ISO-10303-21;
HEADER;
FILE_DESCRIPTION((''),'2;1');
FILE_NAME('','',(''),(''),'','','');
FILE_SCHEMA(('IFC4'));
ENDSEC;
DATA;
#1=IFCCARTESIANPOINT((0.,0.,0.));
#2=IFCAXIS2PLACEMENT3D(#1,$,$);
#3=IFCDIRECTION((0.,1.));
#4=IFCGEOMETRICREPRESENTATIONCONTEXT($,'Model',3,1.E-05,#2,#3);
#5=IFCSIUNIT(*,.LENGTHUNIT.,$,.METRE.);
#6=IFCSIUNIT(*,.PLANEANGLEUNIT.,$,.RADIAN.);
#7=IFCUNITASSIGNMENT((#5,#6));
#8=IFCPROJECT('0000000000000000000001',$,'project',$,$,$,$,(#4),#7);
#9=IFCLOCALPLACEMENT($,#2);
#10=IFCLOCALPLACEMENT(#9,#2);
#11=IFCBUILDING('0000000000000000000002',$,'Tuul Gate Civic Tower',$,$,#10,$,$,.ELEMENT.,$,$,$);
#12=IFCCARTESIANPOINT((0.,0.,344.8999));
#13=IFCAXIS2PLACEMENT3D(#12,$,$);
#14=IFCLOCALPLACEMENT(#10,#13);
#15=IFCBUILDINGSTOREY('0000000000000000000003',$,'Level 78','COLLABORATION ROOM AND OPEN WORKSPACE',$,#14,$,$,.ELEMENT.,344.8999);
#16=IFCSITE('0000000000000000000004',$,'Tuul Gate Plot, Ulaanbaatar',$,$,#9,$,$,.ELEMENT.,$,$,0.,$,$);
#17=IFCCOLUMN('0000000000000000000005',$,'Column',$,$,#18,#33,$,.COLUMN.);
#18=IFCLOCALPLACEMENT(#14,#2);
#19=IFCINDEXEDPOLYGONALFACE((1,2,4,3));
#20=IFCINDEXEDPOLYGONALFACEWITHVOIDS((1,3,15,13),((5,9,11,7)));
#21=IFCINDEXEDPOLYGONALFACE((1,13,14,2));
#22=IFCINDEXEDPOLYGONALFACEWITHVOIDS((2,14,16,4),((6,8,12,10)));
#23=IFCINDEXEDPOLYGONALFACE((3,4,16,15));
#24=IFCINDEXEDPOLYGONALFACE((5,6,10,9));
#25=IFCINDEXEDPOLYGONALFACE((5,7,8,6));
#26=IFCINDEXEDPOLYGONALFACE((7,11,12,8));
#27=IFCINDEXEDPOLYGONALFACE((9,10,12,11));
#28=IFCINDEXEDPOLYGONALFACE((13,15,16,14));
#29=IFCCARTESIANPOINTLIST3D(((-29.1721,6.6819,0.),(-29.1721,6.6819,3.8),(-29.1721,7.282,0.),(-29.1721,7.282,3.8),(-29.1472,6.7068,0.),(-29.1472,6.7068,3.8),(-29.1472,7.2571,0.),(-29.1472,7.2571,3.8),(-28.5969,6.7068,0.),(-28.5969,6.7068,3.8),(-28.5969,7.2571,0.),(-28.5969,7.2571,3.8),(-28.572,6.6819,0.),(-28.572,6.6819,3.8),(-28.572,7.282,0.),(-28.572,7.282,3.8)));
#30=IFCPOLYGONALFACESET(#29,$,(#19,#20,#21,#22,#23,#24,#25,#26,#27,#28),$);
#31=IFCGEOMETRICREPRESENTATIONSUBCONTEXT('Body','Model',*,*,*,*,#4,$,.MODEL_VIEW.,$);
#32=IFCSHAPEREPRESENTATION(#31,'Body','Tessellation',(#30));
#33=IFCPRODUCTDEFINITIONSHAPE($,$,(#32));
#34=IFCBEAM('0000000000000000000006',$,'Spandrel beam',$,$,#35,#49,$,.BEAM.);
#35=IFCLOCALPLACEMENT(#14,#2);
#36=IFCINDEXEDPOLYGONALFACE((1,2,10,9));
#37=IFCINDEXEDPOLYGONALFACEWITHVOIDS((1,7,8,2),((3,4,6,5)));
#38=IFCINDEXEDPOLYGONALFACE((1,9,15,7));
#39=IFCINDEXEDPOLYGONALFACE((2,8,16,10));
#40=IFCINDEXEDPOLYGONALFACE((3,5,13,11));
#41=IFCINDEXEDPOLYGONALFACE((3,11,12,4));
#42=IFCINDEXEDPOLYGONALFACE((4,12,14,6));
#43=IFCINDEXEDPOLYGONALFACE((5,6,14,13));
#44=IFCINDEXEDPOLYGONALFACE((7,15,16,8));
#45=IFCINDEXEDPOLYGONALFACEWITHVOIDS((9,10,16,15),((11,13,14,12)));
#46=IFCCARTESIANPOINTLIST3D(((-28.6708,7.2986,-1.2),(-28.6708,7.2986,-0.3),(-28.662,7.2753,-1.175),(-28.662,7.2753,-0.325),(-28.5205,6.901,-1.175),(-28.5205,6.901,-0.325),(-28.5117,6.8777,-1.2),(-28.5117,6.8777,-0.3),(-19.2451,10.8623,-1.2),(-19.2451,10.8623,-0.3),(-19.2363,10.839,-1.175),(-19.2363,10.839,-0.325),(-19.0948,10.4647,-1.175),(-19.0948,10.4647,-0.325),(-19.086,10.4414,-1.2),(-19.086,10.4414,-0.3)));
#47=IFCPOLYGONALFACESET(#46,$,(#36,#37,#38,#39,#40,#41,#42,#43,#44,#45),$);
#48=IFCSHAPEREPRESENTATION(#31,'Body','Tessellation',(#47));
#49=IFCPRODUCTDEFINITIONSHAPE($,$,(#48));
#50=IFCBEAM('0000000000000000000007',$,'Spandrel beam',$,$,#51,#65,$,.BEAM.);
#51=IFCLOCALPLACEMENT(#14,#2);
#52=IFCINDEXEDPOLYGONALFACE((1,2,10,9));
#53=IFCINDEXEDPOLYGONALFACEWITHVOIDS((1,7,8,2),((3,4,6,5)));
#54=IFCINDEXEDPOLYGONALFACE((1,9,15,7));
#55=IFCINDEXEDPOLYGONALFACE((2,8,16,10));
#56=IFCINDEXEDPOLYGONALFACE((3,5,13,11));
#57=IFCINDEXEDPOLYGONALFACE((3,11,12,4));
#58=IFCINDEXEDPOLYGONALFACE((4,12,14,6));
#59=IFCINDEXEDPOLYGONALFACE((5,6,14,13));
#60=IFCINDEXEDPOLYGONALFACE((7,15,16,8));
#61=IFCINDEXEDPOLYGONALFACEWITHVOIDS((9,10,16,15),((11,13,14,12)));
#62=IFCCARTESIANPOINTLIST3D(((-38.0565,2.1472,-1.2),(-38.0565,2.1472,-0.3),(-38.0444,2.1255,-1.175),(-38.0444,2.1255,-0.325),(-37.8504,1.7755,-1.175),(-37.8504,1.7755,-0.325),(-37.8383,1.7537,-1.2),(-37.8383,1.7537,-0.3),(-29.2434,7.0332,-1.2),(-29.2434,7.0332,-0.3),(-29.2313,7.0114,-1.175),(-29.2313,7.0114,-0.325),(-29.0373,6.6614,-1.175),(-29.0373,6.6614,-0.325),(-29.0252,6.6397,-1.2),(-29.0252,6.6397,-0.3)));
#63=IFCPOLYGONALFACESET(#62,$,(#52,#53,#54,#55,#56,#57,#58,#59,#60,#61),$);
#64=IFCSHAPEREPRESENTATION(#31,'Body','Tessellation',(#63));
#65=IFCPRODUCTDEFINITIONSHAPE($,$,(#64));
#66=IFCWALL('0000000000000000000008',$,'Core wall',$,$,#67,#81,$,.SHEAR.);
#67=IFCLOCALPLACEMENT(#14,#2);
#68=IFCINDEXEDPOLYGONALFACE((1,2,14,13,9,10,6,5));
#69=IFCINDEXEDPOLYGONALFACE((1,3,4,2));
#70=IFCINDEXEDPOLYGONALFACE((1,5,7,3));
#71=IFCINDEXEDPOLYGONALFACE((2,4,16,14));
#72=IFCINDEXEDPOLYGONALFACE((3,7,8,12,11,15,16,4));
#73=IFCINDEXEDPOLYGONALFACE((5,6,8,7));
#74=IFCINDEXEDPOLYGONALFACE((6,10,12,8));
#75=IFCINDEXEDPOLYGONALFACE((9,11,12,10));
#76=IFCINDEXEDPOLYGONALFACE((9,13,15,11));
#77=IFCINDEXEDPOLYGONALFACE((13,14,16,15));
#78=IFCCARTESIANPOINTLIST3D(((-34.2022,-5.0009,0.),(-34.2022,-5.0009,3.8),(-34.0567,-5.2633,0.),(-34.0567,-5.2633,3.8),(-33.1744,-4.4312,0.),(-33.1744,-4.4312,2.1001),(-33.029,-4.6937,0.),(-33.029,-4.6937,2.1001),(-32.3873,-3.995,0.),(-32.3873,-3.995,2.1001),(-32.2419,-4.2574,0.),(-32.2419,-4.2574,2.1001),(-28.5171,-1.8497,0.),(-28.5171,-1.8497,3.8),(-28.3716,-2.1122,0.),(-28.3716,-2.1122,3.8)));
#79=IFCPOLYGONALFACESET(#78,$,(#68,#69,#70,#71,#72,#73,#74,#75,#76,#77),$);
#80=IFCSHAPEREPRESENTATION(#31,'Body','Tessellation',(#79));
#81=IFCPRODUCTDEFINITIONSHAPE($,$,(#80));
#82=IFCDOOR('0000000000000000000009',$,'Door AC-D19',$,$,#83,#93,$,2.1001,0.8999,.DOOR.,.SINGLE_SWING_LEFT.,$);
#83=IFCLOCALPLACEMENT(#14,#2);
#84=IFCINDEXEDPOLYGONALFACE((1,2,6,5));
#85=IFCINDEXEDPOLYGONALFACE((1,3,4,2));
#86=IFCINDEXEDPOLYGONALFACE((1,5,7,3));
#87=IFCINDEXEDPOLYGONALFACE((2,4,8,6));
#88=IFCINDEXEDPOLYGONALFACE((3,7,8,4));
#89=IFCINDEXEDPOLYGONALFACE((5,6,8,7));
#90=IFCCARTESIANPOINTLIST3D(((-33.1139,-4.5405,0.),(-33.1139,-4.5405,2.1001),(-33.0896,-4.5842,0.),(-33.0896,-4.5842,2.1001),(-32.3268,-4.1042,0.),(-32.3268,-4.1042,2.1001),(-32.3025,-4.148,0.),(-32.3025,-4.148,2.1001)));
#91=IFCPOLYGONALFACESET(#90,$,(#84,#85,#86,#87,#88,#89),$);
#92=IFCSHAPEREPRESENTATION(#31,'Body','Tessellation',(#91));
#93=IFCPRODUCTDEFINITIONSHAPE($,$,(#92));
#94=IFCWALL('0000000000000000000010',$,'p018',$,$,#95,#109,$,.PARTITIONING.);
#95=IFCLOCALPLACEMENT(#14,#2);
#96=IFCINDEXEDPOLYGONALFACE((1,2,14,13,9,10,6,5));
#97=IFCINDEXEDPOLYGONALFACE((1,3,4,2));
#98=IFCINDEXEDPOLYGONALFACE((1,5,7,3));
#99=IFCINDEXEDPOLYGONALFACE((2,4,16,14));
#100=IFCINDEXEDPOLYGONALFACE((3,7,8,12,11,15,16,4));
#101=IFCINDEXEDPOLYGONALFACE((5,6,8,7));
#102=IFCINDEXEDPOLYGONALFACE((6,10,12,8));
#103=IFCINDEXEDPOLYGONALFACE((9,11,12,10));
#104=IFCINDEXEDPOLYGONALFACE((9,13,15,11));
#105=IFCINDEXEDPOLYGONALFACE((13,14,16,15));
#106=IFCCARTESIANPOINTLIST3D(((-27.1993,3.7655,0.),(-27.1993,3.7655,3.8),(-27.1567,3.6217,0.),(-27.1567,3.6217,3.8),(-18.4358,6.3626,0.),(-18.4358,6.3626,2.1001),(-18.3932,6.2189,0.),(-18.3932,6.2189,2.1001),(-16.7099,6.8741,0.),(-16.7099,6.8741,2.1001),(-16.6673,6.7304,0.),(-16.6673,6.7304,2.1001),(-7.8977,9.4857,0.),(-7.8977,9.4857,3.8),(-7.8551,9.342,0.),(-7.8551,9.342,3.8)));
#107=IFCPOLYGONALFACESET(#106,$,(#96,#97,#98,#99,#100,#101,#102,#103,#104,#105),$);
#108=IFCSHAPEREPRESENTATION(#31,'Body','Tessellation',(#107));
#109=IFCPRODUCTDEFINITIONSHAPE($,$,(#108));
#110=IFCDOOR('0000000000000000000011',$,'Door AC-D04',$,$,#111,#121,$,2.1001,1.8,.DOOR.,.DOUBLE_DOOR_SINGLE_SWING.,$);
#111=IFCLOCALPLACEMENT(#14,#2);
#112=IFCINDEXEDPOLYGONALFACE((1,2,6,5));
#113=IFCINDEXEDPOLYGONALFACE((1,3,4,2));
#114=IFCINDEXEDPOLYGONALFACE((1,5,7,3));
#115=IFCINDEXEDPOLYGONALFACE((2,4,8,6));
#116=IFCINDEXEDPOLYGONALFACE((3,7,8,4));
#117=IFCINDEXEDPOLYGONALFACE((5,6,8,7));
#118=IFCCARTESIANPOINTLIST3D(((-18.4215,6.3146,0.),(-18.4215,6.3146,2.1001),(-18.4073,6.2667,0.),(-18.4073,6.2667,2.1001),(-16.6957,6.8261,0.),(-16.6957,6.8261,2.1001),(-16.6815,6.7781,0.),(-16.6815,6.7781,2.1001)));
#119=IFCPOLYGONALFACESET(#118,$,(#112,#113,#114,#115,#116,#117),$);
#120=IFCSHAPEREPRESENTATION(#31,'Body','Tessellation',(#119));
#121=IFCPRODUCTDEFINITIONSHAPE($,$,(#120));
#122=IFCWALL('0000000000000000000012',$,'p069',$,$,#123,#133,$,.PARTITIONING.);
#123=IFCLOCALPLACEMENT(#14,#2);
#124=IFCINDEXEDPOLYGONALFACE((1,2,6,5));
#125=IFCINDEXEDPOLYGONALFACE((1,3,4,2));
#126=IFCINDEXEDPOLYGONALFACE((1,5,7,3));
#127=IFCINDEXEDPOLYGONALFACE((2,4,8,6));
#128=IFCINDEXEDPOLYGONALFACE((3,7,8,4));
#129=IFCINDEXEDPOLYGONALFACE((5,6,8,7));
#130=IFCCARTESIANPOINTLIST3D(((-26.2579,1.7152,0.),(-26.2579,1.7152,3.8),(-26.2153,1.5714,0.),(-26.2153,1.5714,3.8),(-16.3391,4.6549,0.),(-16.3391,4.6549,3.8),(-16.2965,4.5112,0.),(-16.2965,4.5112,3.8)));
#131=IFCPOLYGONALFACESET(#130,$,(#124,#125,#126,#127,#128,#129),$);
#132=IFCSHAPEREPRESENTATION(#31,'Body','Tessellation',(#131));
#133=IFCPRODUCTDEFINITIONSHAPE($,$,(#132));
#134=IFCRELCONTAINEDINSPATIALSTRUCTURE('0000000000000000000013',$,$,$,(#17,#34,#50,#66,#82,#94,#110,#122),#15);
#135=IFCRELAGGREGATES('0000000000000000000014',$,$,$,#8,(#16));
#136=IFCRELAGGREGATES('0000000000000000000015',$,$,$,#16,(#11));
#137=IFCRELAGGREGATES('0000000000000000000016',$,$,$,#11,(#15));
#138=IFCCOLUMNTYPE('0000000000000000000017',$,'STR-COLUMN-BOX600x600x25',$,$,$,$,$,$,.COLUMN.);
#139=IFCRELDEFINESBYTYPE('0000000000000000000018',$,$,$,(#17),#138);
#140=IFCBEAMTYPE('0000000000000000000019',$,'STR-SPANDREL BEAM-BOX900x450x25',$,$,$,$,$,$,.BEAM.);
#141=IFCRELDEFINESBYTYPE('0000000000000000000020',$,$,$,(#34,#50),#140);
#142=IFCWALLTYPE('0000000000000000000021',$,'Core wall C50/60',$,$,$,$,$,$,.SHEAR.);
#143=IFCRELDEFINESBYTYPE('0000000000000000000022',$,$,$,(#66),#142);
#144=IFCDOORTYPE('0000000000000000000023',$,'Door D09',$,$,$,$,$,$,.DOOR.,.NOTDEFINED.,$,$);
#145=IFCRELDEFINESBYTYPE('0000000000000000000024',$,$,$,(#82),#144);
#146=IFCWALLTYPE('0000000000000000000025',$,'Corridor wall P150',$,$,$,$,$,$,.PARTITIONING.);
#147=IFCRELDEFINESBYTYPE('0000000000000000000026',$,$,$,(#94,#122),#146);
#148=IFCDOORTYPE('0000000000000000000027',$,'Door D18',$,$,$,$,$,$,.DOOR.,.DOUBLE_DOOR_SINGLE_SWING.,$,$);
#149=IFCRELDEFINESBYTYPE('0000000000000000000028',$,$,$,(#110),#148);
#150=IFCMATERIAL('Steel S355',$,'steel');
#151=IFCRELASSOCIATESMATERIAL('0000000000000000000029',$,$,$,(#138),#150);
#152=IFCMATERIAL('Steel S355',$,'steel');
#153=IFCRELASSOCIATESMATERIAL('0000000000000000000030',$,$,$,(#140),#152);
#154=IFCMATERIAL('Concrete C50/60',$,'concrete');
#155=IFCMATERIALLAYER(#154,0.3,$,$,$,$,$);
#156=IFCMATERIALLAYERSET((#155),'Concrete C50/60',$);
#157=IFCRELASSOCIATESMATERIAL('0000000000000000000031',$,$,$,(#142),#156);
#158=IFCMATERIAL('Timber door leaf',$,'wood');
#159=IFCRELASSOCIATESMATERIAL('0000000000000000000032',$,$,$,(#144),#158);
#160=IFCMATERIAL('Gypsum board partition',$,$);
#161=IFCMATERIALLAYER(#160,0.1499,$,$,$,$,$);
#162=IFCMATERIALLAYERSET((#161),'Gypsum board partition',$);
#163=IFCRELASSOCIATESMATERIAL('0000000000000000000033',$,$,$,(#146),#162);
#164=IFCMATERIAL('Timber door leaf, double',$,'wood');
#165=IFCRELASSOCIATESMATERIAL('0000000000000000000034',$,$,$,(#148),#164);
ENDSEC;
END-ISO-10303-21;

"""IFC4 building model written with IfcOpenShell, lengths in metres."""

from ifc_helpers import new_model, si_unit, direction, frame, frame_2d, origin, origin_2d, place, context, subcontext, project, spatial, rectangle, hollow_rectangle, extrude, material, layer, layer_set, material_profile, profile_set, type_object, element, fill, save


model = new_model("IFC4")

# Units and contexts
model_context = context("Model", 3, precision=1e-05, world=origin(), true_north=direction((0.0, 1.0)))
body_context = subcontext(model_context, "Body", "Model", "MODEL_VIEW")
ifc_project = project(units=[si_unit("LENGTHUNIT", "METRE"), si_unit("PLANEANGLEUNIT", "RADIAN")], contexts=[model_context])

# Site, building, storey
site_placement = place(None, origin())
site = spatial("IfcSite", under=ifc_project, at=site_placement, Name="Tuul Gate Plot, Ulaanbaatar", CompositionType="ELEMENT", RefElevation=0.0)
building_placement = place(site_placement, origin())
building = spatial("IfcBuilding", under=site, at=building_placement, Name="Tuul Gate Civic Tower", CompositionType="ELEMENT")
storey_placement = place(building_placement, frame((0.0, 0.0, 344.8999)))
storey = spatial("IfcBuildingStorey", under=building, at=storey_placement, Name="Level 78", Description="COLLABORATION ROOM AND OPEN WORKSPACE", CompositionType="ELEMENT", Elevation=344.8999)

# Column
ifc_material_1 = material(Name="Steel S355", Category="steel")
ifc_material_profile_1 = material_profile(ifc_material_1, hollow_rectangle(XDim=0.6001, YDim=0.6001, WallThickness=0.0249, at=origin_2d()), Name="BOX600x600x25")
ifc_profile_set_1 = profile_set([ifc_material_profile_1], Name="Steel S355")
column_type = type_object("IfcColumnType", Name="STR-COLUMN-BOX600x600x25", PredefinedType="COLUMN", material=ifc_profile_set_1)
column_placement = place(storey_placement, frame((-28.8721, 6.9819, 0.0), z_axis=(0.0, 0.0, 1.0), x_axis=(1.0, 0.0, 0.0)))
element("IfcColumn", 1, at=column_placement, inside=storey, type_object=column_type, Name="Column", PredefinedType="COLUMN", context=body_context, shape_type="SweptSolid", body=[
    extrude(hollow_rectangle(XDim=0.6001, YDim=0.6001, WallThickness=0.0249, at=origin_2d()), origin(), (0.0, 0.0, 1.0), 3.8),
])

# Beams
ifc_material_2 = material(Name="Steel S355", Category="steel")
ifc_material_profile_2 = material_profile(ifc_material_2, hollow_rectangle(XDim=0.45, YDim=0.8999, WallThickness=0.0249, at=origin_2d()), Name="BOX900x450x25")
ifc_profile_set_2 = profile_set([ifc_material_profile_2], Name="Steel S355")
beam_type = type_object("IfcBeamType", Name="STR-SPANDREL BEAM-BOX900x450x25", PredefinedType="BEAM", material=ifc_profile_set_2)
for number, where, z_axis, x_axis, name in (
    (2, (-19.1655, 10.6519, -0.75), (-0.935378, -0.35365, 0.0), (0.35365, -0.935378, 0.0), "Spandrel beam"),
    (3, (-29.1343, 6.8364, -0.75), (-0.874589, -0.484865, 0.0), (0.484865, -0.874589, 0.0), "Spandrel beam"),
):
    element("IfcBeam", number, at=place(storey_placement, frame(where, z_axis=z_axis, x_axis=x_axis)), inside=storey, type_object=beam_type, Name=name, PredefinedType="BEAM", context=body_context, shape_type="SweptSolid", body=[
        extrude(hollow_rectangle(XDim=0.45, YDim=0.8999, WallThickness=0.0249, at=origin_2d()), origin(), (0.0, 0.0, 1.0), 10.0769),
    ])

# Walls, openings, doors
ifc_material_3 = material(Name="Concrete C50/60", Category="concrete")
ifc_layer_1 = layer(ifc_material_3, 0.3)
ifc_layer_set_1 = layer_set([ifc_layer_1], Name="Concrete C50/60")
wall_type_1 = type_object("IfcWallType", Name="Core wall C50/60", PredefinedType="SHEAR", material=ifc_layer_set_1)
wall_1_placement = place(storey_placement, frame((-28.4443, -1.981, 0.0), z_axis=(0.0, 0.0, 1.0), x_axis=(-0.87463, -0.484791, 0.0)))
wall_1 = element("IfcWall", 4, at=wall_1_placement, inside=storey, type_object=wall_type_1, Name="Core wall", PredefinedType="SHEAR", context=body_context, shape_type="SweptSolid", body=[
    extrude(rectangle(XDim=6.5, YDim=0.3, at=frame_2d((3.25, 0.0))), origin(), (0.0, 0.0, 1.0), 3.8),
])
opening_1_placement = place(wall_1_placement, frame((4.425, 0.0, 0.0)))
opening_1 = element("IfcOpeningElement", 5, at=opening_1_placement, cuts=wall_1, PredefinedType="OPENING", context=body_context, shape_type="SweptSolid", body=[
    extrude(rectangle(XDim=0.8999, YDim=2.1001, at=frame_2d((0.45, 1.05))), frame((0.0, 0.1602, 0.0), z_axis=(0.0, -1.0, 0.0), x_axis=(1.0, 0.0, 0.0)), (0.0, 0.0, 1.0), 0.3201),
])
ifc_material_4 = material(Name="Timber door leaf", Category="wood")
door_type_1 = type_object("IfcDoorType", Name="Door D09", OperationType="NOTDEFINED", PredefinedType="DOOR", material=ifc_material_4)
door_1_placement = place(opening_1_placement, origin())
door_1 = element("IfcDoor", 6, at=door_1_placement, inside=storey, type_object=door_type_1, Name="Door AC-D19", OperationType="SINGLE_SWING_LEFT", OverallHeight=2.1001, OverallWidth=0.8999, PredefinedType="DOOR", context=body_context, shape_type="SweptSolid", body=[
    extrude(rectangle(XDim=0.8999, YDim=2.1001, at=frame_2d((0.45, 1.05))), frame((0.0, 0.0249, 0.0), z_axis=(0.0, -1.0, 0.0), x_axis=(1.0, 0.0, 0.0)), (0.0, 0.0, 1.0), 0.05),
])
fill(opening_1, door_1)
ifc_material_5 = material(Name="Gypsum board partition")
ifc_layer_2 = layer(ifc_material_5, 0.1499)
ifc_layer_set_2 = layer_set([ifc_layer_2], Name="Gypsum board partition")
wall_type_2 = type_object("IfcWallType", Name="Corridor wall P150", PredefinedType="PARTITIONING", material=ifc_layer_set_2)
wall_2_placement = place(storey_placement, frame((-27.178, 3.6936, 0.0), z_axis=(0.0, 0.0, 1.0), x_axis=(0.958781, 0.284145, 0.0)))
wall_2 = element("IfcWall", 7, at=wall_2_placement, inside=storey, type_object=wall_type_2, Name="p018", PredefinedType="PARTITIONING", context=body_context, shape_type="SweptSolid", body=[
    extrude(rectangle(XDim=20.1313, YDim=0.1499, at=frame_2d((10.0657, 0.0))), origin(), (0.0, 0.0, 1.0), 3.8),
])
opening_2_placement = place(wall_2_placement, frame((9.1404, 0.0, 0.0)))
opening_2 = element("IfcOpeningElement", 8, at=opening_2_placement, cuts=wall_2, PredefinedType="OPENING", context=body_context, shape_type="SweptSolid", body=[
    extrude(rectangle(XDim=1.8, YDim=2.1001, at=frame_2d((0.8999, 1.05))), frame((0.0, 0.085, 0.0), z_axis=(0.0, -1.0, 0.0), x_axis=(1.0, 0.0, 0.0)), (0.0, 0.0, 1.0), 0.1699),
])
ifc_material_6 = material(Name="Timber door leaf, double", Category="wood")
door_type_2 = type_object("IfcDoorType", Name="Door D18", OperationType="DOUBLE_DOOR_SINGLE_SWING", PredefinedType="DOOR", material=ifc_material_6)
door_2_placement = place(opening_2_placement, origin())
door_2 = element("IfcDoor", 9, at=door_2_placement, inside=storey, type_object=door_type_2, Name="Door AC-D04", OperationType="DOUBLE_DOOR_SINGLE_SWING", OverallHeight=2.1001, OverallWidth=1.8, PredefinedType="DOOR", context=body_context, shape_type="SweptSolid", body=[
    extrude(rectangle(XDim=1.8, YDim=2.1001, at=frame_2d((0.8999, 1.05))), frame((0.0, 0.0249, 0.0), z_axis=(0.0, -1.0, 0.0), x_axis=(1.0, 0.0, 0.0)), (0.0, 0.0, 1.0), 0.05),
])
fill(opening_2, door_2)

# Wall
wall_3_placement = place(storey_placement, frame((-26.2366, 1.6433, 0.0), z_axis=(0.0, 0.0, 1.0), x_axis=(0.958776, 0.284161, 0.0)))
element("IfcWall", 10, at=wall_3_placement, inside=storey, type_object=wall_type_2, Name="p069", PredefinedType="PARTITIONING", context=body_context, shape_type="SweptSolid", body=[
    extrude(rectangle(XDim=10.3452, YDim=0.1499, at=frame_2d((5.1726, 0.0))), origin(), (0.0, 0.0, 1.0), 3.8),
])

save(model, "model.ifc")
